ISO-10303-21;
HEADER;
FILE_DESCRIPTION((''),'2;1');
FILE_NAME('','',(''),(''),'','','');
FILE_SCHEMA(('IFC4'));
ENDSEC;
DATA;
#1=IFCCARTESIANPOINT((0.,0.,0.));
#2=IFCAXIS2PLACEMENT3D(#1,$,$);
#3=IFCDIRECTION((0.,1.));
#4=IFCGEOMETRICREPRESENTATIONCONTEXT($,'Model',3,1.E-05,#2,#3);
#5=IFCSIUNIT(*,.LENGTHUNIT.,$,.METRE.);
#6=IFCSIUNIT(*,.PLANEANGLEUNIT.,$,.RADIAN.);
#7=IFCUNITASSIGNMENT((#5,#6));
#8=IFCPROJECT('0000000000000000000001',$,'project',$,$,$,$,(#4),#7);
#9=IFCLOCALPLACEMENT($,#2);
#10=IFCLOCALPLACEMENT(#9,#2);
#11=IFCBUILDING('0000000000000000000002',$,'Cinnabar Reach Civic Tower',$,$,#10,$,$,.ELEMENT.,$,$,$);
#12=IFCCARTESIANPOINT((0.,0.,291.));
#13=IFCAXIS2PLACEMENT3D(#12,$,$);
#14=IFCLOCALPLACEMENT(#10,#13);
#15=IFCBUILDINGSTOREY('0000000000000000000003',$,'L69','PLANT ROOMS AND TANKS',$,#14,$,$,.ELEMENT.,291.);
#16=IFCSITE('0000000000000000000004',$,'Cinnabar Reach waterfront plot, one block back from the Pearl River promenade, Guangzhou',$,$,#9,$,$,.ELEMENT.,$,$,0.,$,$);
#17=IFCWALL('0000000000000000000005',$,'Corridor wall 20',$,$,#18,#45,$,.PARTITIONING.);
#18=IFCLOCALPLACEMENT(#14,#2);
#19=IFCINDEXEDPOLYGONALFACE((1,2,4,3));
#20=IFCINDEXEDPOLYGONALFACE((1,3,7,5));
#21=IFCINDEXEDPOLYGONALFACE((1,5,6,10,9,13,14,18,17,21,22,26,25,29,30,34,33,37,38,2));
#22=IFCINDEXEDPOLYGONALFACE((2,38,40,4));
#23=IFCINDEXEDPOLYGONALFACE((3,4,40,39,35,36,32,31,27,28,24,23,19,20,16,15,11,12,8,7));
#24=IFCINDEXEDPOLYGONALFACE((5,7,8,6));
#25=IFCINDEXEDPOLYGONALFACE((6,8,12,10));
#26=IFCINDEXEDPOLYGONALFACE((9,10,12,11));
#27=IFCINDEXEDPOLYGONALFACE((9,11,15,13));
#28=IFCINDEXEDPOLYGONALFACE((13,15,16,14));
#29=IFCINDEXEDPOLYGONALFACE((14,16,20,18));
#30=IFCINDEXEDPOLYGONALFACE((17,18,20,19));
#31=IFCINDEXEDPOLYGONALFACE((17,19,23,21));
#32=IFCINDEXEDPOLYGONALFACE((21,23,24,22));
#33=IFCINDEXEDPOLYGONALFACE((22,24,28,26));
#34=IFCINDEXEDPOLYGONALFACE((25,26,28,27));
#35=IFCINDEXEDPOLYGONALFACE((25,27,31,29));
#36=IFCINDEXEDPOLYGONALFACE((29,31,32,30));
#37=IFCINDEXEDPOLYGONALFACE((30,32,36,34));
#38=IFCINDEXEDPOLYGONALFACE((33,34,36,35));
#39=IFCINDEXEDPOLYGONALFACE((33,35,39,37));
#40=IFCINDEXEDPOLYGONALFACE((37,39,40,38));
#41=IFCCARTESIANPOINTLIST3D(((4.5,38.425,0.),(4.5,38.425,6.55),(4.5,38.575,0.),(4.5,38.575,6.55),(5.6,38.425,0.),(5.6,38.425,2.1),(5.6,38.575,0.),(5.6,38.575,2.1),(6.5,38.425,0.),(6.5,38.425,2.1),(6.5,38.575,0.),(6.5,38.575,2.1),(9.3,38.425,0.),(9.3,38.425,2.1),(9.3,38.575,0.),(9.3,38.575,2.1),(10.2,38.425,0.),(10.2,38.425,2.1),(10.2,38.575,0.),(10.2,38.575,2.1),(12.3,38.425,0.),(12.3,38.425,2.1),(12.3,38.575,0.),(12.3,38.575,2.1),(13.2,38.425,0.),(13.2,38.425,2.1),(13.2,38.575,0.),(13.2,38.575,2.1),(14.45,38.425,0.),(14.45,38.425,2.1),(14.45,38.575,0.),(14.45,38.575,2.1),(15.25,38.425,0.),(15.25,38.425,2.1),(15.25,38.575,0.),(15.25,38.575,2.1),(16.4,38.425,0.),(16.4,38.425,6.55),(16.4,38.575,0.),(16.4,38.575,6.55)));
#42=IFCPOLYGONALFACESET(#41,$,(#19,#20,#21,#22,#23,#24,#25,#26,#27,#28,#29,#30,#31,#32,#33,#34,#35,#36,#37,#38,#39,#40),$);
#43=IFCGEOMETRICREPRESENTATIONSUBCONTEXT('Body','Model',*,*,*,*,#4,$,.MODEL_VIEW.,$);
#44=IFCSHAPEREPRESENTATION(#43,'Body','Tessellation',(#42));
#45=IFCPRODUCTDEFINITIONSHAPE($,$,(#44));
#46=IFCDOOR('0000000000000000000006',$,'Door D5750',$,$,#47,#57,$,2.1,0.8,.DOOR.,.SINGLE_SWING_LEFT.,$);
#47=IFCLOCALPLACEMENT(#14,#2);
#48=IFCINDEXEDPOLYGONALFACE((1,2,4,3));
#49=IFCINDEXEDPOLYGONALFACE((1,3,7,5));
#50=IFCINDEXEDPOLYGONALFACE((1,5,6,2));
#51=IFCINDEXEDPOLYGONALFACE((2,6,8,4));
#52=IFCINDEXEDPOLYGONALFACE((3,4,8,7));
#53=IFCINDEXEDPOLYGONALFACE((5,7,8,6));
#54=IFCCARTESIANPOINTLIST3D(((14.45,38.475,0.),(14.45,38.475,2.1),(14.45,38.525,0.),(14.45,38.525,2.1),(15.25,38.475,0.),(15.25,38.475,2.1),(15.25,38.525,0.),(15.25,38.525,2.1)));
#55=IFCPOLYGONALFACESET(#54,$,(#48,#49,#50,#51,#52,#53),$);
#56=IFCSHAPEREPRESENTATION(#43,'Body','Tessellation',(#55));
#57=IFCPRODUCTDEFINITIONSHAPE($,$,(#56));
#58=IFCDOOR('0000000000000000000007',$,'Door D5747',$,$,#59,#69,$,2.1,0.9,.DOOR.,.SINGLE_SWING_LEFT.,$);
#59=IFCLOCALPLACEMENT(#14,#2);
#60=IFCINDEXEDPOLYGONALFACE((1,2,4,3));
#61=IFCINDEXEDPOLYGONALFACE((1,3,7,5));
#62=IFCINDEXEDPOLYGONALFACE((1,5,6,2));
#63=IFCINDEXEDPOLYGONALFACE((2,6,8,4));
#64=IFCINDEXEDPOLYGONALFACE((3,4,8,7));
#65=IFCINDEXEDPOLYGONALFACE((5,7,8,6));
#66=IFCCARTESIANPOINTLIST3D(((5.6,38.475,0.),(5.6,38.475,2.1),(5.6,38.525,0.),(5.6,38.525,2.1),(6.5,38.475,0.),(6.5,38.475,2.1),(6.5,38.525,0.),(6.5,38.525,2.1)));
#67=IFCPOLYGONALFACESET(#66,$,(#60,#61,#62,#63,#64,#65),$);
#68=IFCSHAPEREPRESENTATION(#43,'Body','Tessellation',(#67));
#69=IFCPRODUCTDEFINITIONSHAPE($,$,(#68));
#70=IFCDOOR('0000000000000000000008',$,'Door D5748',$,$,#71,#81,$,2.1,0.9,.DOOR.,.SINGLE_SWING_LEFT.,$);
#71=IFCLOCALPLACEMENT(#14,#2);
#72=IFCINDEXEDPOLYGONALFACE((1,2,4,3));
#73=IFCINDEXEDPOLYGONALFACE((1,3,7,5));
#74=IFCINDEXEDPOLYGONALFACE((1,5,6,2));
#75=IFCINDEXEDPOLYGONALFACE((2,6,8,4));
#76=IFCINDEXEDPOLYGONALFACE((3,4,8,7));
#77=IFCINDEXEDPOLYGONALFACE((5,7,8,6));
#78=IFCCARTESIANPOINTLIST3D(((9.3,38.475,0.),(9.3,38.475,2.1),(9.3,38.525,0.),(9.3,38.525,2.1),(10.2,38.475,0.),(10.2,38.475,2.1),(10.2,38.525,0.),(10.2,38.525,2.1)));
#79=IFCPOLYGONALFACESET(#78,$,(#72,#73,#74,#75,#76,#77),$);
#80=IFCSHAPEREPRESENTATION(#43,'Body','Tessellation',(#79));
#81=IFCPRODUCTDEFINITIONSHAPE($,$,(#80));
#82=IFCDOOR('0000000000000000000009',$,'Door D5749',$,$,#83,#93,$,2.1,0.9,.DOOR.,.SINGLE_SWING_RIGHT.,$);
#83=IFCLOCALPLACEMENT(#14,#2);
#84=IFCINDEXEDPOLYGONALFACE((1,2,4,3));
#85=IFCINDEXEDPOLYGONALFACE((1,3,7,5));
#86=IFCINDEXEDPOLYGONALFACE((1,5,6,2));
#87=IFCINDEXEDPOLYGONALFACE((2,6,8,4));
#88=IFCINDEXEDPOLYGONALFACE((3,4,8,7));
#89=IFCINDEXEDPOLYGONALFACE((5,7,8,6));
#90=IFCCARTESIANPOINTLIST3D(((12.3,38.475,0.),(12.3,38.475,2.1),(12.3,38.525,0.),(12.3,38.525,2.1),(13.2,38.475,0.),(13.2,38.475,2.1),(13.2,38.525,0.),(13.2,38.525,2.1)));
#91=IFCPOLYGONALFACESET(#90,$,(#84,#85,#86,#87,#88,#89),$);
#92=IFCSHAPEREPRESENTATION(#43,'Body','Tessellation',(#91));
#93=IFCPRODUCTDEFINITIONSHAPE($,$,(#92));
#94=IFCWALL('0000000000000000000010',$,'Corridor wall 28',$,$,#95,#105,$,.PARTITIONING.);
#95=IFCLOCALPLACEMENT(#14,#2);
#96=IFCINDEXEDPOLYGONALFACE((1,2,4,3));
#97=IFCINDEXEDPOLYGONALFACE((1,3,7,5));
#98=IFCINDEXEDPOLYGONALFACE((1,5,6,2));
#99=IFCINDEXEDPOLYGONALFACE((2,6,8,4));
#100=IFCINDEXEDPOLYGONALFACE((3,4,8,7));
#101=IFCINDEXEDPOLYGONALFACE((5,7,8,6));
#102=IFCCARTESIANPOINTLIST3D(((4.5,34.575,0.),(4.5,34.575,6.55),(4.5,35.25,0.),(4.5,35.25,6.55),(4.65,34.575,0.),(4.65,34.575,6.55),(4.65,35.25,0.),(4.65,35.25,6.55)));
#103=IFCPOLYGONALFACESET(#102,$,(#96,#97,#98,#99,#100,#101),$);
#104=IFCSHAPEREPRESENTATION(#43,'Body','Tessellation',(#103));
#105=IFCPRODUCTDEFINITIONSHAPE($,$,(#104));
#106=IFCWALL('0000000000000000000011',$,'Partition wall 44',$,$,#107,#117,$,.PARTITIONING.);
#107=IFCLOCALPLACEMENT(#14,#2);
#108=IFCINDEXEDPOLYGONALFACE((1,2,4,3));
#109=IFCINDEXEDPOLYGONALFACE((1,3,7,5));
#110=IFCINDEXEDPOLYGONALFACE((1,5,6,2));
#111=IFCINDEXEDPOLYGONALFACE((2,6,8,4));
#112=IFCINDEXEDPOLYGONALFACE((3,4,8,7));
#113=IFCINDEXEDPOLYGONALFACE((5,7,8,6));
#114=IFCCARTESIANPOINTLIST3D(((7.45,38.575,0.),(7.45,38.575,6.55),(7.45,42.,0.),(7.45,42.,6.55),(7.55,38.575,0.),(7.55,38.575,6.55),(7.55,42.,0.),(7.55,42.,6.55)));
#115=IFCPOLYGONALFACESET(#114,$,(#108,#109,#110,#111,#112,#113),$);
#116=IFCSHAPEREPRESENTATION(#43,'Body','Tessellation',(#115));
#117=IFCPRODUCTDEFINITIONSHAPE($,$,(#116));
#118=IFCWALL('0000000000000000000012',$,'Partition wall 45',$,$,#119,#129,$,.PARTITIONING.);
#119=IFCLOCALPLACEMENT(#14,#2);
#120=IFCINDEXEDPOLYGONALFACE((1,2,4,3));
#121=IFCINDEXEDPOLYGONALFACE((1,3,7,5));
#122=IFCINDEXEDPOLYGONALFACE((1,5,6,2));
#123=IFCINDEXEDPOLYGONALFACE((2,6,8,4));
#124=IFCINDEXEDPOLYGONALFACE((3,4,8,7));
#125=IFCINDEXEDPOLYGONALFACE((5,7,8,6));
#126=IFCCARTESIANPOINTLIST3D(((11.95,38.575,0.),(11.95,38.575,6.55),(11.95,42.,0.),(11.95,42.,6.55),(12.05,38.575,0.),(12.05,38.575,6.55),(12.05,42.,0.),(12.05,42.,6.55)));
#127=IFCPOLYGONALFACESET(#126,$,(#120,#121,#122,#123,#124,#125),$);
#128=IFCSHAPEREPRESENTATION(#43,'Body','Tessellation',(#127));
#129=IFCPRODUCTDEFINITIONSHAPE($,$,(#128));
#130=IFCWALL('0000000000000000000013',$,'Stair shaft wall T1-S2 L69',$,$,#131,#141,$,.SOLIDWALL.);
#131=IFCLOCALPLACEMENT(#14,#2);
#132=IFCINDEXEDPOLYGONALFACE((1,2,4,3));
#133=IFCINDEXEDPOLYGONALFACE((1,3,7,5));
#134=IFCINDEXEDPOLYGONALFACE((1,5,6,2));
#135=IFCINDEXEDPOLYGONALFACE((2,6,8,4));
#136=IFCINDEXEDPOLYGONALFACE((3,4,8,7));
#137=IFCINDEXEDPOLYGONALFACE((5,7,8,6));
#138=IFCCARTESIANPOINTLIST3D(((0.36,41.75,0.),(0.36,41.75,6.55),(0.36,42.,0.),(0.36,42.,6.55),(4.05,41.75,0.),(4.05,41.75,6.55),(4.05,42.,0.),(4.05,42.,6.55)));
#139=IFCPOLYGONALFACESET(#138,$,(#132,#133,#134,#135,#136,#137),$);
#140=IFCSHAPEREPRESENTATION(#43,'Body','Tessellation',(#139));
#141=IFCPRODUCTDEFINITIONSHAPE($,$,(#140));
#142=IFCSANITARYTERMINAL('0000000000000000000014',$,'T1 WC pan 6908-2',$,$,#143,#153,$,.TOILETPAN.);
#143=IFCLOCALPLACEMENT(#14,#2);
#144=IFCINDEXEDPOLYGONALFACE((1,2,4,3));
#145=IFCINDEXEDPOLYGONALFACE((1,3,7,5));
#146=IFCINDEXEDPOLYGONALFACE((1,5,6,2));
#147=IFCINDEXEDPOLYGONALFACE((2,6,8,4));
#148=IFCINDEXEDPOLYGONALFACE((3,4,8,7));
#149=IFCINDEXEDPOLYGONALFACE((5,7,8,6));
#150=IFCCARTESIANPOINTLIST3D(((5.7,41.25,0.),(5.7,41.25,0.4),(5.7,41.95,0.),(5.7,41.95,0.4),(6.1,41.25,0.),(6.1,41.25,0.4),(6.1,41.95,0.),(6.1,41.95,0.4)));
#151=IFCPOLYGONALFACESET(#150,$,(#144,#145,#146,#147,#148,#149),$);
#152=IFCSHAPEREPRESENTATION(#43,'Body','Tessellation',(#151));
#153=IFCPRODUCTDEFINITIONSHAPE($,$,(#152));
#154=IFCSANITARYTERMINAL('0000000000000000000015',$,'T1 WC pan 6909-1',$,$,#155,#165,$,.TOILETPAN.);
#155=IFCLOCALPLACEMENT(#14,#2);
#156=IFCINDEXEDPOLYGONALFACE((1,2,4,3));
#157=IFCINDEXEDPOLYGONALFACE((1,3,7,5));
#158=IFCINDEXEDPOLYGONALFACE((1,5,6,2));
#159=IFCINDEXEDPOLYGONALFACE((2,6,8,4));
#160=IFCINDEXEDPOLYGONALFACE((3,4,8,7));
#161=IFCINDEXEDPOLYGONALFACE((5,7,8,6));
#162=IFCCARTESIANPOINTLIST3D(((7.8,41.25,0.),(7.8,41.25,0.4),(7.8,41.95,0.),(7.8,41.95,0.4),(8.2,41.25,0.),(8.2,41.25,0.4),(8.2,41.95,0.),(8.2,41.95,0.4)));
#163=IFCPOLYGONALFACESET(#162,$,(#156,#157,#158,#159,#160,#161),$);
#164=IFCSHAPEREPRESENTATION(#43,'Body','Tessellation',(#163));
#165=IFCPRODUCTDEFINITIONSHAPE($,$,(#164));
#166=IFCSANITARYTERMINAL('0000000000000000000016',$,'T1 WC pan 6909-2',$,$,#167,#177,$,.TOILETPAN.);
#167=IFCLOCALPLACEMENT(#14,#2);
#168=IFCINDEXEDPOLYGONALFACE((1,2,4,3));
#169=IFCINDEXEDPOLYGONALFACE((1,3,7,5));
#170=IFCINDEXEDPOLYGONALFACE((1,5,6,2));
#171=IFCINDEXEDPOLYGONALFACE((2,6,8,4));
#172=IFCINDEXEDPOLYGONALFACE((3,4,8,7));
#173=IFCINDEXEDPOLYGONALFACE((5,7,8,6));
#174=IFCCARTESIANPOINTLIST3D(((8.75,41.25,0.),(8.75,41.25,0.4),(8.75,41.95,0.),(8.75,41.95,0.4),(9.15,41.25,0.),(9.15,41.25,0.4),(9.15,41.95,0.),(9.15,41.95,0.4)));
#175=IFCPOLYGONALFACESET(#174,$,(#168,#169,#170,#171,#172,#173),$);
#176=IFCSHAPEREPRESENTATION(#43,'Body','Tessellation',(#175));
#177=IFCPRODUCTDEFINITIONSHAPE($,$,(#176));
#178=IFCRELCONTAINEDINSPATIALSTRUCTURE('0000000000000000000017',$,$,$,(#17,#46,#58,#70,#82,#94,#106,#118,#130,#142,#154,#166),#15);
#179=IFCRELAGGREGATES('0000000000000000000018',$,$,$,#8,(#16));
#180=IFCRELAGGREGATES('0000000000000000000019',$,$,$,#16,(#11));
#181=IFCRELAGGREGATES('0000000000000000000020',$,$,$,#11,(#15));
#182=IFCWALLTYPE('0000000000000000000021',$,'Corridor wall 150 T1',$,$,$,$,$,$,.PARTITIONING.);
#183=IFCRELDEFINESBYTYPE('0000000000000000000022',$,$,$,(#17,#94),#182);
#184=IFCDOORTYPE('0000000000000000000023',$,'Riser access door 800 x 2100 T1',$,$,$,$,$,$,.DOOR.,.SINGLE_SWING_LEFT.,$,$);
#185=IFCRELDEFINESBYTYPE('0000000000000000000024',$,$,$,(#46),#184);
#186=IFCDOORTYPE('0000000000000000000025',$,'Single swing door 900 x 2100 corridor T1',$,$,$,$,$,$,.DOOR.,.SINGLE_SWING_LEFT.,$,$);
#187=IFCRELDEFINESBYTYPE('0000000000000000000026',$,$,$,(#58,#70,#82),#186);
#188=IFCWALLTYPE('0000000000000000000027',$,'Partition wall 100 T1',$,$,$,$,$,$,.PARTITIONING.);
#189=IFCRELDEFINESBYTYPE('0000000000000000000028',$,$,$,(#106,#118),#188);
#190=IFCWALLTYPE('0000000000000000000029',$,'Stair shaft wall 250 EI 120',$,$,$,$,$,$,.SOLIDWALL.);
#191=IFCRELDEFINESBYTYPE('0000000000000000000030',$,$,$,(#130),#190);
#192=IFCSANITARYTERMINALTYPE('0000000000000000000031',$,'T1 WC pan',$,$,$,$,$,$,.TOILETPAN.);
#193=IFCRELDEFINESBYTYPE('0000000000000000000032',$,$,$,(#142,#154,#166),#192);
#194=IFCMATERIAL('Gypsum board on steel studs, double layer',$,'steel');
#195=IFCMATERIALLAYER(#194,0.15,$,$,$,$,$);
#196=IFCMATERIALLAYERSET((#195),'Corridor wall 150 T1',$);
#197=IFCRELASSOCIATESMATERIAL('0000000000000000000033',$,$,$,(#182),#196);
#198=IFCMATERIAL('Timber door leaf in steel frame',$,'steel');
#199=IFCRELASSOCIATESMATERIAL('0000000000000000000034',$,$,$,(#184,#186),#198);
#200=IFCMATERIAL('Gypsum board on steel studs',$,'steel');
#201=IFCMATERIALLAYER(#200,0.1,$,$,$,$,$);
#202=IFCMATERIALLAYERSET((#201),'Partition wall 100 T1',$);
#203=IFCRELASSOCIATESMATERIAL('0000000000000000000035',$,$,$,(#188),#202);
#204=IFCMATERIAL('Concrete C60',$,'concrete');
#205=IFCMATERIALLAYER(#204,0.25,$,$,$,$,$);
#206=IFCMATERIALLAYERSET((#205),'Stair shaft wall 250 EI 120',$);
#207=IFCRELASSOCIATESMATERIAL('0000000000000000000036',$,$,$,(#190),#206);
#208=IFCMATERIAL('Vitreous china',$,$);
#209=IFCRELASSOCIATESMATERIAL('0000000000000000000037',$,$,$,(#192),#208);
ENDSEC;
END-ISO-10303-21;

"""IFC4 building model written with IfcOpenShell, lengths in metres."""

from ifc_helpers import new_model, si_unit, direction, frame, frame_2d, origin, origin_2d, place, context, subcontext, project, spatial, rectangle, extrude, material, layer, layer_set, type_object, element, fill, save


model = new_model("IFC4")

# Units and contexts
model_context = context("Model", 3, precision=1e-05, world=origin(), true_north=direction((0.0, 1.0)))
body_context = subcontext(model_context, "Body", "Model", "MODEL_VIEW")
ifc_project = project(units=[si_unit("LENGTHUNIT", "METRE"), si_unit("PLANEANGLEUNIT", "RADIAN")], contexts=[model_context])

# Site, building, storey
site_placement = place(None, origin())
site = spatial("IfcSite", under=ifc_project, at=site_placement, Name="Cinnabar Reach waterfront plot, one block back from the Pearl River promenade, Guangzhou", CompositionType="ELEMENT", RefElevation=0.0)
building_placement = place(site_placement, origin())
building = spatial("IfcBuilding", under=site, at=building_placement, Name="Cinnabar Reach Civic Tower", CompositionType="ELEMENT")
storey_placement = place(building_placement, frame((0.0, 0.0, 291.0)))
storey = spatial("IfcBuildingStorey", under=building, at=storey_placement, Name="L69", Description="PLANT ROOMS AND TANKS", CompositionType="ELEMENT", Elevation=291.0)

# Shared definitions
ifc_material_1 = material(Name="Concrete C60", Category="concrete")

# Shared definitions
ifc_material_2 = material(Name="Timber door leaf in steel frame", Category="steel")

# Wall, openings, doors
ifc_material_3 = material(Name="Gypsum board on steel studs, double layer", Category="steel")
ifc_layer_1 = layer(ifc_material_3, 0.15)
ifc_layer_set_1 = layer_set([ifc_layer_1], Name="Corridor wall 150 T1")
wall_type_1 = type_object("IfcWallType", Name="Corridor wall 150 T1", PredefinedType="PARTITIONING", material=ifc_layer_set_1)
wall_1_placement = place(storey_placement, frame((4.5, 38.5, 0.0), z_axis=(0.0, 0.0, 1.0), x_axis=(1.0, 0.0, 0.0)))
wall_1 = element("IfcWall", 1, at=wall_1_placement, inside=storey, type_object=wall_type_1, Name="Corridor wall 20", PredefinedType="PARTITIONING", context=body_context, shape_type="SweptSolid", body=[
    extrude(rectangle(XDim=11.9, YDim=0.15, at=frame_2d((5.95, 0.0))), origin(), (0.0, 0.0, 1.0), 6.55),
])
opening_1_placement = place(wall_1_placement, frame((1.1, 0.0, 0.0)))
opening_1 = element("IfcOpeningElement", 2, at=opening_1_placement, cuts=wall_1, PredefinedType="OPENING", context=body_context, shape_type="SweptSolid", body=[
    extrude(rectangle(XDim=0.9, YDim=2.1, at=frame_2d((0.45, 1.05))), frame((0.0, 0.085, 0.0), z_axis=(0.0, -1.0, 0.0), x_axis=(1.0, 0.0, 0.0)), (0.0, 0.0, 1.0), 0.17),
])
opening_2_placement = place(wall_1_placement, frame((4.8, 0.0, 0.0)))
opening_2 = element("IfcOpeningElement", 3, at=opening_2_placement, cuts=wall_1, PredefinedType="OPENING", context=body_context, shape_type="SweptSolid", body=[
    extrude(rectangle(XDim=0.9, YDim=2.1, at=frame_2d((0.45, 1.05))), frame((0.0, 0.085, 0.0), z_axis=(0.0, -1.0, 0.0), x_axis=(1.0, 0.0, 0.0)), (0.0, 0.0, 1.0), 0.17),
])
opening_3_placement = place(wall_1_placement, frame((7.8, 0.0, 0.0)))
opening_3 = element("IfcOpeningElement", 4, at=opening_3_placement, cuts=wall_1, PredefinedType="OPENING", context=body_context, shape_type="SweptSolid", body=[
    extrude(rectangle(XDim=0.9, YDim=2.1, at=frame_2d((0.45, 1.05))), frame((0.0, 0.085, 0.0), z_axis=(0.0, -1.0, 0.0), x_axis=(1.0, 0.0, 0.0)), (0.0, 0.0, 1.0), 0.17),
])
opening_4_placement = place(wall_1_placement, frame((9.95, 0.0, 0.0)))
opening_4 = element("IfcOpeningElement", 5, at=opening_4_placement, cuts=wall_1, PredefinedType="OPENING", context=body_context, shape_type="SweptSolid", body=[
    extrude(rectangle(XDim=0.8, YDim=2.1, at=frame_2d((0.4, 1.05))), frame((0.0, 0.085, 0.0), z_axis=(0.0, -1.0, 0.0), x_axis=(1.0, 0.0, 0.0)), (0.0, 0.0, 1.0), 0.17),
])
door_type_1 = type_object("IfcDoorType", Name="Riser access door 800 x 2100 T1", OperationType="SINGLE_SWING_LEFT", PredefinedType="DOOR", material=ifc_material_2)
door_1_placement = place(opening_4_placement, origin())
door_1 = element("IfcDoor", 6, at=door_1_placement, inside=storey, type_object=door_type_1, Name="Door D5750", OperationType="SINGLE_SWING_LEFT", OverallHeight=2.1, OverallWidth=0.8, PredefinedType="DOOR", context=body_context, shape_type="SweptSolid", body=[
    extrude(rectangle(XDim=0.8, YDim=2.1, at=frame_2d((0.4, 1.05))), frame((0.0, 0.025, 0.0), z_axis=(0.0, -1.0, 0.0), x_axis=(1.0, 0.0, 0.0)), (0.0, 0.0, 1.0), 0.05),
])
fill(opening_4, door_1)
door_type_2 = type_object("IfcDoorType", Name="Single swing door 900 x 2100 corridor T1", OperationType="SINGLE_SWING_LEFT", PredefinedType="DOOR", material=ifc_material_2)
door_2_placement = place(opening_1_placement, origin())
door_2 = element("IfcDoor", 7, at=door_2_placement, inside=storey, type_object=door_type_2, Name="Door D5747", OperationType="SINGLE_SWING_LEFT", OverallHeight=2.1, OverallWidth=0.9, PredefinedType="DOOR", context=body_context, shape_type="SweptSolid", body=[
    extrude(rectangle(XDim=0.9, YDim=2.1, at=frame_2d((0.45, 1.05))), frame((0.0, 0.025, 0.0), z_axis=(0.0, -1.0, 0.0), x_axis=(1.0, 0.0, 0.0)), (0.0, 0.0, 1.0), 0.05),
])
fill(opening_1, door_2)
door_3_placement = place(opening_2_placement, origin())
door_3 = element("IfcDoor", 8, at=door_3_placement, inside=storey, type_object=door_type_2, Name="Door D5748", OperationType="SINGLE_SWING_LEFT", OverallHeight=2.1, OverallWidth=0.9, PredefinedType="DOOR", context=body_context, shape_type="SweptSolid", body=[
    extrude(rectangle(XDim=0.9, YDim=2.1, at=frame_2d((0.45, 1.05))), frame((0.0, 0.025, 0.0), z_axis=(0.0, -1.0, 0.0), x_axis=(1.0, 0.0, 0.0)), (0.0, 0.0, 1.0), 0.05),
])
fill(opening_2, door_3)
door_4_placement = place(opening_3_placement, origin())
door_4 = element("IfcDoor", 9, at=door_4_placement, inside=storey, type_object=door_type_2, Name="Door D5749", OperationType="SINGLE_SWING_RIGHT", OverallHeight=2.1, OverallWidth=0.9, PredefinedType="DOOR", context=body_context, shape_type="SweptSolid", body=[
    extrude(rectangle(XDim=0.9, YDim=2.1, at=frame_2d((0.45, 1.05))), frame((0.0, 0.025, 0.0), z_axis=(0.0, -1.0, 0.0), x_axis=(1.0, 0.0, 0.0)), (0.0, 0.0, 1.0), 0.05),
])
fill(opening_3, door_4)

# Walls
wall_2_placement = place(storey_placement, frame((4.575, 34.575, 0.0), z_axis=(0.0, 0.0, 1.0), x_axis=(0.0, 1.0, 0.0)))
element("IfcWall", 10, at=wall_2_placement, inside=storey, type_object=wall_type_1, Name="Corridor wall 28", PredefinedType="PARTITIONING", context=body_context, shape_type="SweptSolid", body=[
    extrude(rectangle(XDim=0.675, YDim=0.15, at=frame_2d((0.3375, 0.0))), origin(), (0.0, 0.0, 1.0), 6.55),
])
ifc_material_4 = material(Name="Gypsum board on steel studs", Category="steel")
ifc_layer_2 = layer(ifc_material_4, 0.1)
ifc_layer_set_2 = layer_set([ifc_layer_2], Name="Partition wall 100 T1")
wall_type_2 = type_object("IfcWallType", Name="Partition wall 100 T1", PredefinedType="PARTITIONING", material=ifc_layer_set_2)
for number, where, z_axis, x_axis, name in (
    (11, (7.5, 38.575, 0.0), (0.0, 0.0, 1.0), (0.0, 1.0, 0.0), "Partition wall 44"),
    (12, (12.0, 38.575, 0.0), (0.0, 0.0, 1.0), (0.0, 1.0, 0.0), "Partition wall 45"),
):
    element("IfcWall", number, at=place(storey_placement, frame(where, z_axis=z_axis, x_axis=x_axis)), inside=storey, type_object=wall_type_2, Name=name, PredefinedType="PARTITIONING", context=body_context, shape_type="SweptSolid", body=[
        extrude(rectangle(XDim=3.425, YDim=0.1, at=frame_2d((1.7125, 0.0))), origin(), (0.0, 0.0, 1.0), 6.55),
    ])
ifc_layer_3 = layer(ifc_material_1, 0.25)
ifc_layer_set_3 = layer_set([ifc_layer_3], Name="Stair shaft wall 250 EI 120")
wall_type_3 = type_object("IfcWallType", Name="Stair shaft wall 250 EI 120", PredefinedType="SOLIDWALL", material=ifc_layer_set_3)
wall_3_placement = place(storey_placement, frame((4.05, 41.875, 0.0), z_axis=(0.0, 0.0, 1.0), x_axis=(-1.0, 0.0, 0.0)))
element("IfcWall", 13, at=wall_3_placement, inside=storey, type_object=wall_type_3, Name="Stair shaft wall T1-S2 L69", PredefinedType="SOLIDWALL", context=body_context, shape_type="SweptSolid", body=[
    extrude(rectangle(XDim=3.69, YDim=0.25, at=frame_2d((1.845, 0.0))), origin(), (0.0, 0.0, 1.0), 6.55),
])

# Sanitary terminals
ifc_material_5 = material(Name="Vitreous china")
sanitary_terminal_type_1 = type_object("IfcSanitaryTerminalType", Name="T1 WC pan", PredefinedType="TOILETPAN", material=ifc_material_5)
for number, where, z_axis, x_axis, name in (
    (14, (5.9, 41.6, 0.0), (0.0, 0.0, 1.0), (1.0, 0.0, 0.0), "T1 WC pan 6908-2"),
    (15, (8.0, 41.6, 0.0), (0.0, 0.0, 1.0), (1.0, 0.0, 0.0), "T1 WC pan 6909-1"),
    (16, (8.95, 41.6, 0.0), (0.0, 0.0, 1.0), (1.0, 0.0, 0.0), "T1 WC pan 6909-2"),
):
    element("IfcSanitaryTerminal", number, at=place(storey_placement, frame(where, z_axis=z_axis, x_axis=x_axis)), inside=storey, type_object=sanitary_terminal_type_1, Name=name, PredefinedType="TOILETPAN", context=body_context, shape_type="SweptSolid", body=[
        extrude(rectangle(XDim=0.4, YDim=0.7, at=origin_2d()), origin(), (0.0, 0.0, 1.0), 0.4),
    ])

save(model, "model.ifc")
